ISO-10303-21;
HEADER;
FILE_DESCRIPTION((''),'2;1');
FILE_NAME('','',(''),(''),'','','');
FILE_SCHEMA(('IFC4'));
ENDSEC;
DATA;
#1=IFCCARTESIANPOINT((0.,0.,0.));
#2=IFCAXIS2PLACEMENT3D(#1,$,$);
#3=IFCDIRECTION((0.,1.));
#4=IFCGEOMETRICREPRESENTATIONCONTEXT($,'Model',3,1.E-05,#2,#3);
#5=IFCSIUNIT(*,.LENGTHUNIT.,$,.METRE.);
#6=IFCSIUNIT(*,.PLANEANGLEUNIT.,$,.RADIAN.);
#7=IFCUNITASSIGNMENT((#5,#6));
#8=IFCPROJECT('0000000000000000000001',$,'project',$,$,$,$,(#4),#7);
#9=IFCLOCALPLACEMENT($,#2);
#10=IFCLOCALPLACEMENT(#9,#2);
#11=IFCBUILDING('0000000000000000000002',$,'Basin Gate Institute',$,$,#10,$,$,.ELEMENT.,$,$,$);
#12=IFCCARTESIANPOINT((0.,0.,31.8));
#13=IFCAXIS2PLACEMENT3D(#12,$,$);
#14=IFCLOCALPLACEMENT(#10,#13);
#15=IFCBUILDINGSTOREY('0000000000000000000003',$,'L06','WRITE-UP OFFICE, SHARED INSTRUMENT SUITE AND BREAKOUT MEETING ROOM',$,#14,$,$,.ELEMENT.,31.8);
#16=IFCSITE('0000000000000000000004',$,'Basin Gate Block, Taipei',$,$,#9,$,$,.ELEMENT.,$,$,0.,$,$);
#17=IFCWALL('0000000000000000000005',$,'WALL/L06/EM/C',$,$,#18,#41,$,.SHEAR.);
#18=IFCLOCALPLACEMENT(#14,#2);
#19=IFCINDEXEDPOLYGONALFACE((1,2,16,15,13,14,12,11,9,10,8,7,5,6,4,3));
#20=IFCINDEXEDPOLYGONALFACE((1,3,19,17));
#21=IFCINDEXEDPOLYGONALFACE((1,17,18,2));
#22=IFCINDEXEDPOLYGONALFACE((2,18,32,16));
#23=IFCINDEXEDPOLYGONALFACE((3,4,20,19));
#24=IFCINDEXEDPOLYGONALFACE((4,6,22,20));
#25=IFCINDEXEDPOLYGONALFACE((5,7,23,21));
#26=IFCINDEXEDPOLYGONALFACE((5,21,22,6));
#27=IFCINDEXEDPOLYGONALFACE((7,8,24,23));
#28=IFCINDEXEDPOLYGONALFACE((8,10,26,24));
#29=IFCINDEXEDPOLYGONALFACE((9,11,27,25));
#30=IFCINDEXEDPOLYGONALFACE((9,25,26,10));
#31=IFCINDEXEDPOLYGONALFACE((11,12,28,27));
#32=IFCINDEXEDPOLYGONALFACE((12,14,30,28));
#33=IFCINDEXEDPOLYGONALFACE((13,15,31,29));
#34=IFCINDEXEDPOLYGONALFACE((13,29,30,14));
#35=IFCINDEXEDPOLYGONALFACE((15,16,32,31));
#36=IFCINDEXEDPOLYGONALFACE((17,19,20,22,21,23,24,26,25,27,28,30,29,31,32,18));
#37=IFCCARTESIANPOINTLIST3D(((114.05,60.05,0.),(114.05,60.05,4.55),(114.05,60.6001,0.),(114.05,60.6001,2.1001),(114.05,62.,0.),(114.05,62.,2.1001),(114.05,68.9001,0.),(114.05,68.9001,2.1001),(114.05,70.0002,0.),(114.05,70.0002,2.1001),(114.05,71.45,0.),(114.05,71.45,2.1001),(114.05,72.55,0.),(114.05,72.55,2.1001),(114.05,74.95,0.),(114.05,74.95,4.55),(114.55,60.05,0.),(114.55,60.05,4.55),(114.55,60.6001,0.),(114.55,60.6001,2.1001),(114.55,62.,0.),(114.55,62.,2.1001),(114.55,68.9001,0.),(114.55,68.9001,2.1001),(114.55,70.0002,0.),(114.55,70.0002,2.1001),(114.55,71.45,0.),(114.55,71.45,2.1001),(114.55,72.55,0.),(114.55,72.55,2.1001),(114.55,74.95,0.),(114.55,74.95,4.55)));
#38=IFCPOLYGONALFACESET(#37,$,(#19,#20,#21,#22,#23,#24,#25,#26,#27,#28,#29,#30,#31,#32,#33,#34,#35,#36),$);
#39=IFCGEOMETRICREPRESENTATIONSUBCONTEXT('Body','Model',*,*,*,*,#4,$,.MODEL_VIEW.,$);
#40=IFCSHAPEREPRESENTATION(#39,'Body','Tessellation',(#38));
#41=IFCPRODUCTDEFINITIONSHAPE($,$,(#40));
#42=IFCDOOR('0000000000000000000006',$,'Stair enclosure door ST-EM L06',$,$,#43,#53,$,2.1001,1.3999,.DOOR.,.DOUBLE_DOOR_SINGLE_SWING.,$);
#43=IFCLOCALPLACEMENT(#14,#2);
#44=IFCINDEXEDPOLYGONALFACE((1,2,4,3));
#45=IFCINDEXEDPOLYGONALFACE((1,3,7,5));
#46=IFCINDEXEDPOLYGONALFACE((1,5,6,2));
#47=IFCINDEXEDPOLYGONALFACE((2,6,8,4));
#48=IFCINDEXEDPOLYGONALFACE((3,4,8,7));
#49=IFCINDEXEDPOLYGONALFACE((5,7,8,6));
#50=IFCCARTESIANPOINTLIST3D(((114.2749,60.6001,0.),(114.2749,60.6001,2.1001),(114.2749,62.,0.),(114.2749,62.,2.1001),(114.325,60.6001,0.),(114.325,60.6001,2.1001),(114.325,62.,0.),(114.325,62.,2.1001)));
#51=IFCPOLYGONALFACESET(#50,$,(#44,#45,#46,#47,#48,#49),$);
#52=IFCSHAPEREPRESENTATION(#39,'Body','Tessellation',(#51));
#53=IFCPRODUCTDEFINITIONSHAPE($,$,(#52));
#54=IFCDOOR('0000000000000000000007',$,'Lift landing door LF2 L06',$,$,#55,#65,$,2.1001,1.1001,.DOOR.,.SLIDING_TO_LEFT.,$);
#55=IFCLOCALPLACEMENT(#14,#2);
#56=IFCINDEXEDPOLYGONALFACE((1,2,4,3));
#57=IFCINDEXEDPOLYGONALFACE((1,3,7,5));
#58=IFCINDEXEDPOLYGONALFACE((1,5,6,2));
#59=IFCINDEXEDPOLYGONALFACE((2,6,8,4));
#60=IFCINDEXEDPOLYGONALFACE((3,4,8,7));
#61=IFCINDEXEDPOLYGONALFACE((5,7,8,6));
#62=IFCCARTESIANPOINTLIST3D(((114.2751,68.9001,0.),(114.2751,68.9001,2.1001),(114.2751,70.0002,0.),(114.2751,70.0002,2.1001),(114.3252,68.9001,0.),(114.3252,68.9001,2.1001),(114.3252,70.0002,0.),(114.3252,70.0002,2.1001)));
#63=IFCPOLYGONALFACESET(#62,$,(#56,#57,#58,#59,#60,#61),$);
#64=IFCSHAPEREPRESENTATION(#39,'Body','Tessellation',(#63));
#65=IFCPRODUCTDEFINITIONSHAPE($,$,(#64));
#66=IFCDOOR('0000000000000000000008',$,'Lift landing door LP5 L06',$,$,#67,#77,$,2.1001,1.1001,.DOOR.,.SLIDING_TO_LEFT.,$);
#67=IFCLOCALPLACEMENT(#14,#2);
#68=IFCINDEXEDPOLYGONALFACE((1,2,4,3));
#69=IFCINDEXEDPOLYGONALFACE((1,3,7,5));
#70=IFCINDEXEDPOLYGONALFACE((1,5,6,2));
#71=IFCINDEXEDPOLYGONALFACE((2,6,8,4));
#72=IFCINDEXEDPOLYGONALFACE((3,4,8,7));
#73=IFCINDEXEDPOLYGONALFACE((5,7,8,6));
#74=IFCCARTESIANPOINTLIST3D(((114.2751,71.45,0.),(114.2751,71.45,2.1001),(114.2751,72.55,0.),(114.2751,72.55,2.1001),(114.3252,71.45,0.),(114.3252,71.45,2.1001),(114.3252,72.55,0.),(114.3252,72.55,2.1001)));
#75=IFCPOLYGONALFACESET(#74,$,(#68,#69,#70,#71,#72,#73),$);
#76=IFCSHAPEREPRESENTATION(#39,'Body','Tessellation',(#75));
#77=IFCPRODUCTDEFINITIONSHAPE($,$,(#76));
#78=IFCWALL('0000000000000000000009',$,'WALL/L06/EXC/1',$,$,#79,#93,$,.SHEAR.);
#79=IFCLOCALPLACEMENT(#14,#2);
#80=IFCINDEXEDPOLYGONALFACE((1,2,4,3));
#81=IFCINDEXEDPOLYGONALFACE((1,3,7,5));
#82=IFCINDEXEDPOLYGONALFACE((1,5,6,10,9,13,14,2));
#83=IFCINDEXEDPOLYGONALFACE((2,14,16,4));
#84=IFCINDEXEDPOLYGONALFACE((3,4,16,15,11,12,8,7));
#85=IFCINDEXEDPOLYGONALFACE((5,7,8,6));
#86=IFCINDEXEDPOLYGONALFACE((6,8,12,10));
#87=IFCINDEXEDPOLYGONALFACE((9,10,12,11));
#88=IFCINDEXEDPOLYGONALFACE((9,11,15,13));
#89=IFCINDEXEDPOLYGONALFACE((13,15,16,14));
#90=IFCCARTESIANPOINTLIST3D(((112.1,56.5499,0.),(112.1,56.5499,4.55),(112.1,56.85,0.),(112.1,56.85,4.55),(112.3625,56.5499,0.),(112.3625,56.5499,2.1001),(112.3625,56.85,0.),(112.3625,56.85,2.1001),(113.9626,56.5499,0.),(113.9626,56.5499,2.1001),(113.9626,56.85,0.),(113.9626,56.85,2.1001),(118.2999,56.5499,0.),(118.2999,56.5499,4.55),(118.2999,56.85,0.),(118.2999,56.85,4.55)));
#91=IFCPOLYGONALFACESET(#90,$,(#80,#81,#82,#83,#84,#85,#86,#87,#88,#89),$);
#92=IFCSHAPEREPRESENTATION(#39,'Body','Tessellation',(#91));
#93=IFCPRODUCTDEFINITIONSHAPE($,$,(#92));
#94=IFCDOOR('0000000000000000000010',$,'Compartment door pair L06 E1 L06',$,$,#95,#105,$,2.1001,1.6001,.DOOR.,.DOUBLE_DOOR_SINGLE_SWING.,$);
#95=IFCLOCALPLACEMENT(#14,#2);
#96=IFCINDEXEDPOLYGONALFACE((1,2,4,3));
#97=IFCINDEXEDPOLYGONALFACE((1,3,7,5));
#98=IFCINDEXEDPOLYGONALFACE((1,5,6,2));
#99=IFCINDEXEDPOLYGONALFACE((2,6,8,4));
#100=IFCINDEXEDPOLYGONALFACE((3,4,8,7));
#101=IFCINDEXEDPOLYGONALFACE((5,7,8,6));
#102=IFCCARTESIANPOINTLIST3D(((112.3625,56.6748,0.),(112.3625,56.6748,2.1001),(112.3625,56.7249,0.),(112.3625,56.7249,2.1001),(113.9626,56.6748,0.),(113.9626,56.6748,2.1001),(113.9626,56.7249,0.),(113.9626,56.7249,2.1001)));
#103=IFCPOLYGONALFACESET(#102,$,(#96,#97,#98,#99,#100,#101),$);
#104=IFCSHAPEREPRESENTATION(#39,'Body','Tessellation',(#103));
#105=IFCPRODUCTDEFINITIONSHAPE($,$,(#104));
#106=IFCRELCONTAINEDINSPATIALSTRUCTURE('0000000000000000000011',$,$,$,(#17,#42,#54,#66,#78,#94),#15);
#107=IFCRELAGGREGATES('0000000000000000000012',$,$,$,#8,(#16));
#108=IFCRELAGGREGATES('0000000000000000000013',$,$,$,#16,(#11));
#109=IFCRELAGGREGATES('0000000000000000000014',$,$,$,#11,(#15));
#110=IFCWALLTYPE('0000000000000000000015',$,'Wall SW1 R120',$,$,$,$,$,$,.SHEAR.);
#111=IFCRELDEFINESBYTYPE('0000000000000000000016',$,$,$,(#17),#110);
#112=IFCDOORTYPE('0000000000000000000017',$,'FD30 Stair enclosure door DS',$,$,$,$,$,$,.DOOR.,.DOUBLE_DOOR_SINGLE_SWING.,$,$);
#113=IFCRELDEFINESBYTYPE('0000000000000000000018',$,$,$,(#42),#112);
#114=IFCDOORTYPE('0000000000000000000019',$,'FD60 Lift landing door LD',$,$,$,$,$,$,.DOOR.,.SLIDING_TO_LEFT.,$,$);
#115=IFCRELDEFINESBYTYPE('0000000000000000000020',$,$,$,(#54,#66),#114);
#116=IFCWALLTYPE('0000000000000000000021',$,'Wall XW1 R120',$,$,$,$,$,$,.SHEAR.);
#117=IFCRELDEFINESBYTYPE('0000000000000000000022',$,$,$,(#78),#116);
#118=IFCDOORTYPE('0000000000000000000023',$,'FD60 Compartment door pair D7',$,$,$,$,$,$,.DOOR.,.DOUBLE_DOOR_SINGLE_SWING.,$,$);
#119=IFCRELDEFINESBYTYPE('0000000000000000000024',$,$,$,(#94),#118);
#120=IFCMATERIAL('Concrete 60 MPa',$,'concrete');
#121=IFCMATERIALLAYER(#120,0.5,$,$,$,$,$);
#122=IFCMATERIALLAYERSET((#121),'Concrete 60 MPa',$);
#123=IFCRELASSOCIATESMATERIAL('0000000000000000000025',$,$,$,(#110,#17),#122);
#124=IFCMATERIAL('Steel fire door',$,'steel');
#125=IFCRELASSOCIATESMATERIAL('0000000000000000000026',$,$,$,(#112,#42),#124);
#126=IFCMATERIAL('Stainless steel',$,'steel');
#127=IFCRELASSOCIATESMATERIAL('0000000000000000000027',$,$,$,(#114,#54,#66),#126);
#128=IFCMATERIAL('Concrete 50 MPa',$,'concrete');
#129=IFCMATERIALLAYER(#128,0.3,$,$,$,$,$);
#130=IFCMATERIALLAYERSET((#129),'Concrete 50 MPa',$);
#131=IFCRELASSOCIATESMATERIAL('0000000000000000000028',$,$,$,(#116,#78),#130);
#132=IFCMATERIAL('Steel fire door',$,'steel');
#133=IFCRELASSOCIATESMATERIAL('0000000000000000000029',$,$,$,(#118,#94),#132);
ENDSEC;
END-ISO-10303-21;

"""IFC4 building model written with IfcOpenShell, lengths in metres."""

from ifc_helpers import new_model, si_unit, direction, frame, frame_2d, origin, place, context, subcontext, project, spatial, rectangle, extrude, material, layer, layer_set, type_object, element, fill, save


model = new_model("IFC4")

# Units and contexts
model_context = context("Model", 3, precision=1e-05, world=origin(), true_north=direction((0.0, 1.0)))
body_context = subcontext(model_context, "Body", "Model", "MODEL_VIEW")
ifc_project = project(units=[si_unit("LENGTHUNIT", "METRE"), si_unit("PLANEANGLEUNIT", "RADIAN")], contexts=[model_context])

# Site, building, storey
site_placement = place(None, origin())
site = spatial("IfcSite", under=ifc_project, at=site_placement, Name="Basin Gate Block, Taipei", CompositionType="ELEMENT", RefElevation=0.0)
building_placement = place(site_placement, origin())
building = spatial("IfcBuilding", under=site, at=building_placement, Name="Basin Gate Institute", CompositionType="ELEMENT")
storey_placement = place(building_placement, frame((0.0, 0.0, 31.8)))
storey = spatial("IfcBuildingStorey", under=building, at=storey_placement, Name="L06", Description="WRITE-UP OFFICE, SHARED INSTRUMENT SUITE AND BREAKOUT MEETING ROOM", CompositionType="ELEMENT", Elevation=31.8)

# Shared definitions
ifc_material_1 = material(Name="Concrete 60 MPa", Category="concrete")
ifc_layer_1 = layer(ifc_material_1, 0.5)
ifc_layer_set_1 = layer_set([ifc_layer_1], Name="Concrete 60 MPa")
wall_type_1 = type_object("IfcWallType", Name="Wall SW1 R120", PredefinedType="SHEAR", material=ifc_layer_set_1)

# Wall, openings, doors
wall_1_placement = place(storey_placement, frame((114.3, 60.05, 0.0), z_axis=(0.0, 0.0, 1.0), x_axis=(0.0, 1.0, 0.0)))
wall_1 = element("IfcWall", 1, at=wall_1_placement, inside=storey, type_object=wall_type_1, material=ifc_layer_set_1, Name="WALL/L06/EM/C", PredefinedType="SHEAR", context=body_context, shape_type="SweptSolid", body=[
    extrude(rectangle(XDim=14.8999, YDim=0.5, at=frame_2d((7.45, 0.0))), origin(), (0.0, 0.0, 1.0), 4.55),
])
opening_1_placement = place(wall_1_placement, frame((0.55, 0.0, 0.0)))
opening_1 = element("IfcOpeningElement", 2, at=opening_1_placement, cuts=wall_1, PredefinedType="OPENING", context=body_context, shape_type="SweptSolid", body=[
    extrude(rectangle(XDim=1.3999, YDim=2.1001, at=frame_2d((0.7, 1.05))), frame((0.0, 0.26, 0.0), z_axis=(0.0, -1.0, 0.0), x_axis=(1.0, 0.0, 0.0)), (0.0, 0.0, 1.0), 0.52),
])
opening_2_placement = place(wall_1_placement, frame((8.8501, 0.0, 0.0)))
opening_2 = element("IfcOpeningElement", 3, at=opening_2_placement, cuts=wall_1, PredefinedType="OPENING", context=body_context, shape_type="SweptSolid", body=[
    extrude(rectangle(XDim=1.1001, YDim=2.1001, at=frame_2d((0.55, 1.05))), frame((0.0, 0.26, 0.0), z_axis=(0.0, -1.0, 0.0), x_axis=(1.0, 0.0, 0.0)), (0.0, 0.0, 1.0), 0.52),
])
opening_3_placement = place(wall_1_placement, frame((11.3999, 0.0, 0.0)))
opening_3 = element("IfcOpeningElement", 4, at=opening_3_placement, cuts=wall_1, PredefinedType="OPENING", context=body_context, shape_type="SweptSolid", body=[
    extrude(rectangle(XDim=1.1001, YDim=2.1001, at=frame_2d((0.55, 1.05))), frame((0.0, 0.26, 0.0), z_axis=(0.0, -1.0, 0.0), x_axis=(1.0, 0.0, 0.0)), (0.0, 0.0, 1.0), 0.52),
])
ifc_material_2 = material(Name="Steel fire door", Category="steel")
door_type_1 = type_object("IfcDoorType", Name="FD30 Stair enclosure door DS", OperationType="DOUBLE_DOOR_SINGLE_SWING", PredefinedType="DOOR", material=ifc_material_2)
door_1_placement = place(opening_1_placement, frame((1.3999, 0.0, 0.0), z_axis=(0.0, 0.0, 1.0), x_axis=(-1.0, 0.0, 0.0)))
door_1 = element("IfcDoor", 5, at=door_1_placement, inside=storey, type_object=door_type_1, material=ifc_material_2, Name="Stair enclosure door ST-EM L06", OperationType="DOUBLE_DOOR_SINGLE_SWING", OverallHeight=2.1001, OverallWidth=1.3999, PredefinedType="DOOR", context=body_context, shape_type="SweptSolid", body=[
    extrude(rectangle(XDim=1.3999, YDim=2.1001, at=frame_2d((0.7, 1.05))), frame((0.0, 0.0249, 0.0), z_axis=(0.0, -1.0, 0.0), x_axis=(1.0, 0.0, 0.0)), (0.0, 0.0, 1.0), 0.05),
])
fill(opening_1, door_1)
ifc_material_3 = material(Name="Stainless steel", Category="steel")
door_type_2 = type_object("IfcDoorType", Name="FD60 Lift landing door LD", OperationType="SLIDING_TO_LEFT", PredefinedType="DOOR", material=ifc_material_3)
door_2_placement = place(opening_2_placement, origin())
door_2 = element("IfcDoor", 6, at=door_2_placement, inside=storey, type_object=door_type_2, material=ifc_material_3, Name="Lift landing door LF2 L06", OperationType="SLIDING_TO_LEFT", OverallHeight=2.1001, OverallWidth=1.1001, PredefinedType="DOOR", context=body_context, shape_type="SweptSolid", body=[
    extrude(rectangle(XDim=1.1001, YDim=2.1001, at=frame_2d((0.55, 1.05))), frame((0.0, 0.0249, 0.0), z_axis=(0.0, -1.0, 0.0), x_axis=(1.0, 0.0, 0.0)), (0.0, 0.0, 1.0), 0.05),
])
fill(opening_2, door_2)
door_3_placement = place(opening_3_placement, origin())
door_3 = element("IfcDoor", 7, at=door_3_placement, inside=storey, type_object=door_type_2, material=ifc_material_3, Name="Lift landing door LP5 L06", OperationType="SLIDING_TO_LEFT", OverallHeight=2.1001, OverallWidth=1.1001, PredefinedType="DOOR", context=body_context, shape_type="SweptSolid", body=[
    extrude(rectangle(XDim=1.1001, YDim=2.1001, at=frame_2d((0.55, 1.05))), frame((0.0, 0.0249, 0.0), z_axis=(0.0, -1.0, 0.0), x_axis=(1.0, 0.0, 0.0)), (0.0, 0.0, 1.0), 0.05),
])
fill(opening_3, door_3)

# Wall, opening, door
ifc_material_4 = material(Name="Concrete 50 MPa", Category="concrete")
ifc_layer_2 = layer(ifc_material_4, 0.3)
ifc_layer_set_2 = layer_set([ifc_layer_2], Name="Concrete 50 MPa")
wall_type_2 = type_object("IfcWallType", Name="Wall XW1 R120", PredefinedType="SHEAR", material=ifc_layer_set_2)
wall_2_placement = place(storey_placement, frame((118.3, 56.7, 0.0), z_axis=(0.0, 0.0, 1.0), x_axis=(-1.0, 0.0, 0.0)))
wall_2 = element("IfcWall", 8, at=wall_2_placement, inside=storey, type_object=wall_type_2, material=ifc_layer_set_2, Name="WALL/L06/EXC/1", PredefinedType="SHEAR", context=body_context, shape_type="SweptSolid", body=[
    extrude(rectangle(XDim=6.2, YDim=0.3, at=frame_2d((3.1001, 0.0))), origin(), (0.0, 0.0, 1.0), 4.55),
])
opening_4_placement = place(wall_2_placement, frame((4.3374, 0.0, 0.0)))
opening_4 = element("IfcOpeningElement", 9, at=opening_4_placement, cuts=wall_2, PredefinedType="OPENING", context=body_context, shape_type="SweptSolid", body=[
    extrude(rectangle(XDim=1.6001, YDim=2.1001, at=frame_2d((0.8, 1.05))), frame((0.0, 0.1602, 0.0), z_axis=(0.0, -1.0, 0.0), x_axis=(1.0, 0.0, 0.0)), (0.0, 0.0, 1.0), 0.3201),
])
ifc_material_5 = material(Name="Steel fire door", Category="steel")
door_type_3 = type_object("IfcDoorType", Name="FD60 Compartment door pair D7", OperationType="DOUBLE_DOOR_SINGLE_SWING", PredefinedType="DOOR", material=ifc_material_5)
door_4_placement = place(opening_4_placement, frame((1.6001, 0.0, 0.0), z_axis=(0.0, 0.0, 1.0), x_axis=(-1.0, 0.0, 0.0)))
door_4 = element("IfcDoor", 10, at=door_4_placement, inside=storey, type_object=door_type_3, material=ifc_material_5, Name="Compartment door pair L06 E1 L06", OperationType="DOUBLE_DOOR_SINGLE_SWING", OverallHeight=2.1001, OverallWidth=1.6001, PredefinedType="DOOR", context=body_context, shape_type="SweptSolid", body=[
    extrude(rectangle(XDim=1.6001, YDim=2.1001, at=frame_2d((0.8, 1.05))), frame((0.0, 0.0249, 0.0), z_axis=(0.0, -1.0, 0.0), x_axis=(1.0, 0.0, 0.0)), (0.0, 0.0, 1.0), 0.05),
])
fill(opening_4, door_4)

save(model, "model.ifc")
